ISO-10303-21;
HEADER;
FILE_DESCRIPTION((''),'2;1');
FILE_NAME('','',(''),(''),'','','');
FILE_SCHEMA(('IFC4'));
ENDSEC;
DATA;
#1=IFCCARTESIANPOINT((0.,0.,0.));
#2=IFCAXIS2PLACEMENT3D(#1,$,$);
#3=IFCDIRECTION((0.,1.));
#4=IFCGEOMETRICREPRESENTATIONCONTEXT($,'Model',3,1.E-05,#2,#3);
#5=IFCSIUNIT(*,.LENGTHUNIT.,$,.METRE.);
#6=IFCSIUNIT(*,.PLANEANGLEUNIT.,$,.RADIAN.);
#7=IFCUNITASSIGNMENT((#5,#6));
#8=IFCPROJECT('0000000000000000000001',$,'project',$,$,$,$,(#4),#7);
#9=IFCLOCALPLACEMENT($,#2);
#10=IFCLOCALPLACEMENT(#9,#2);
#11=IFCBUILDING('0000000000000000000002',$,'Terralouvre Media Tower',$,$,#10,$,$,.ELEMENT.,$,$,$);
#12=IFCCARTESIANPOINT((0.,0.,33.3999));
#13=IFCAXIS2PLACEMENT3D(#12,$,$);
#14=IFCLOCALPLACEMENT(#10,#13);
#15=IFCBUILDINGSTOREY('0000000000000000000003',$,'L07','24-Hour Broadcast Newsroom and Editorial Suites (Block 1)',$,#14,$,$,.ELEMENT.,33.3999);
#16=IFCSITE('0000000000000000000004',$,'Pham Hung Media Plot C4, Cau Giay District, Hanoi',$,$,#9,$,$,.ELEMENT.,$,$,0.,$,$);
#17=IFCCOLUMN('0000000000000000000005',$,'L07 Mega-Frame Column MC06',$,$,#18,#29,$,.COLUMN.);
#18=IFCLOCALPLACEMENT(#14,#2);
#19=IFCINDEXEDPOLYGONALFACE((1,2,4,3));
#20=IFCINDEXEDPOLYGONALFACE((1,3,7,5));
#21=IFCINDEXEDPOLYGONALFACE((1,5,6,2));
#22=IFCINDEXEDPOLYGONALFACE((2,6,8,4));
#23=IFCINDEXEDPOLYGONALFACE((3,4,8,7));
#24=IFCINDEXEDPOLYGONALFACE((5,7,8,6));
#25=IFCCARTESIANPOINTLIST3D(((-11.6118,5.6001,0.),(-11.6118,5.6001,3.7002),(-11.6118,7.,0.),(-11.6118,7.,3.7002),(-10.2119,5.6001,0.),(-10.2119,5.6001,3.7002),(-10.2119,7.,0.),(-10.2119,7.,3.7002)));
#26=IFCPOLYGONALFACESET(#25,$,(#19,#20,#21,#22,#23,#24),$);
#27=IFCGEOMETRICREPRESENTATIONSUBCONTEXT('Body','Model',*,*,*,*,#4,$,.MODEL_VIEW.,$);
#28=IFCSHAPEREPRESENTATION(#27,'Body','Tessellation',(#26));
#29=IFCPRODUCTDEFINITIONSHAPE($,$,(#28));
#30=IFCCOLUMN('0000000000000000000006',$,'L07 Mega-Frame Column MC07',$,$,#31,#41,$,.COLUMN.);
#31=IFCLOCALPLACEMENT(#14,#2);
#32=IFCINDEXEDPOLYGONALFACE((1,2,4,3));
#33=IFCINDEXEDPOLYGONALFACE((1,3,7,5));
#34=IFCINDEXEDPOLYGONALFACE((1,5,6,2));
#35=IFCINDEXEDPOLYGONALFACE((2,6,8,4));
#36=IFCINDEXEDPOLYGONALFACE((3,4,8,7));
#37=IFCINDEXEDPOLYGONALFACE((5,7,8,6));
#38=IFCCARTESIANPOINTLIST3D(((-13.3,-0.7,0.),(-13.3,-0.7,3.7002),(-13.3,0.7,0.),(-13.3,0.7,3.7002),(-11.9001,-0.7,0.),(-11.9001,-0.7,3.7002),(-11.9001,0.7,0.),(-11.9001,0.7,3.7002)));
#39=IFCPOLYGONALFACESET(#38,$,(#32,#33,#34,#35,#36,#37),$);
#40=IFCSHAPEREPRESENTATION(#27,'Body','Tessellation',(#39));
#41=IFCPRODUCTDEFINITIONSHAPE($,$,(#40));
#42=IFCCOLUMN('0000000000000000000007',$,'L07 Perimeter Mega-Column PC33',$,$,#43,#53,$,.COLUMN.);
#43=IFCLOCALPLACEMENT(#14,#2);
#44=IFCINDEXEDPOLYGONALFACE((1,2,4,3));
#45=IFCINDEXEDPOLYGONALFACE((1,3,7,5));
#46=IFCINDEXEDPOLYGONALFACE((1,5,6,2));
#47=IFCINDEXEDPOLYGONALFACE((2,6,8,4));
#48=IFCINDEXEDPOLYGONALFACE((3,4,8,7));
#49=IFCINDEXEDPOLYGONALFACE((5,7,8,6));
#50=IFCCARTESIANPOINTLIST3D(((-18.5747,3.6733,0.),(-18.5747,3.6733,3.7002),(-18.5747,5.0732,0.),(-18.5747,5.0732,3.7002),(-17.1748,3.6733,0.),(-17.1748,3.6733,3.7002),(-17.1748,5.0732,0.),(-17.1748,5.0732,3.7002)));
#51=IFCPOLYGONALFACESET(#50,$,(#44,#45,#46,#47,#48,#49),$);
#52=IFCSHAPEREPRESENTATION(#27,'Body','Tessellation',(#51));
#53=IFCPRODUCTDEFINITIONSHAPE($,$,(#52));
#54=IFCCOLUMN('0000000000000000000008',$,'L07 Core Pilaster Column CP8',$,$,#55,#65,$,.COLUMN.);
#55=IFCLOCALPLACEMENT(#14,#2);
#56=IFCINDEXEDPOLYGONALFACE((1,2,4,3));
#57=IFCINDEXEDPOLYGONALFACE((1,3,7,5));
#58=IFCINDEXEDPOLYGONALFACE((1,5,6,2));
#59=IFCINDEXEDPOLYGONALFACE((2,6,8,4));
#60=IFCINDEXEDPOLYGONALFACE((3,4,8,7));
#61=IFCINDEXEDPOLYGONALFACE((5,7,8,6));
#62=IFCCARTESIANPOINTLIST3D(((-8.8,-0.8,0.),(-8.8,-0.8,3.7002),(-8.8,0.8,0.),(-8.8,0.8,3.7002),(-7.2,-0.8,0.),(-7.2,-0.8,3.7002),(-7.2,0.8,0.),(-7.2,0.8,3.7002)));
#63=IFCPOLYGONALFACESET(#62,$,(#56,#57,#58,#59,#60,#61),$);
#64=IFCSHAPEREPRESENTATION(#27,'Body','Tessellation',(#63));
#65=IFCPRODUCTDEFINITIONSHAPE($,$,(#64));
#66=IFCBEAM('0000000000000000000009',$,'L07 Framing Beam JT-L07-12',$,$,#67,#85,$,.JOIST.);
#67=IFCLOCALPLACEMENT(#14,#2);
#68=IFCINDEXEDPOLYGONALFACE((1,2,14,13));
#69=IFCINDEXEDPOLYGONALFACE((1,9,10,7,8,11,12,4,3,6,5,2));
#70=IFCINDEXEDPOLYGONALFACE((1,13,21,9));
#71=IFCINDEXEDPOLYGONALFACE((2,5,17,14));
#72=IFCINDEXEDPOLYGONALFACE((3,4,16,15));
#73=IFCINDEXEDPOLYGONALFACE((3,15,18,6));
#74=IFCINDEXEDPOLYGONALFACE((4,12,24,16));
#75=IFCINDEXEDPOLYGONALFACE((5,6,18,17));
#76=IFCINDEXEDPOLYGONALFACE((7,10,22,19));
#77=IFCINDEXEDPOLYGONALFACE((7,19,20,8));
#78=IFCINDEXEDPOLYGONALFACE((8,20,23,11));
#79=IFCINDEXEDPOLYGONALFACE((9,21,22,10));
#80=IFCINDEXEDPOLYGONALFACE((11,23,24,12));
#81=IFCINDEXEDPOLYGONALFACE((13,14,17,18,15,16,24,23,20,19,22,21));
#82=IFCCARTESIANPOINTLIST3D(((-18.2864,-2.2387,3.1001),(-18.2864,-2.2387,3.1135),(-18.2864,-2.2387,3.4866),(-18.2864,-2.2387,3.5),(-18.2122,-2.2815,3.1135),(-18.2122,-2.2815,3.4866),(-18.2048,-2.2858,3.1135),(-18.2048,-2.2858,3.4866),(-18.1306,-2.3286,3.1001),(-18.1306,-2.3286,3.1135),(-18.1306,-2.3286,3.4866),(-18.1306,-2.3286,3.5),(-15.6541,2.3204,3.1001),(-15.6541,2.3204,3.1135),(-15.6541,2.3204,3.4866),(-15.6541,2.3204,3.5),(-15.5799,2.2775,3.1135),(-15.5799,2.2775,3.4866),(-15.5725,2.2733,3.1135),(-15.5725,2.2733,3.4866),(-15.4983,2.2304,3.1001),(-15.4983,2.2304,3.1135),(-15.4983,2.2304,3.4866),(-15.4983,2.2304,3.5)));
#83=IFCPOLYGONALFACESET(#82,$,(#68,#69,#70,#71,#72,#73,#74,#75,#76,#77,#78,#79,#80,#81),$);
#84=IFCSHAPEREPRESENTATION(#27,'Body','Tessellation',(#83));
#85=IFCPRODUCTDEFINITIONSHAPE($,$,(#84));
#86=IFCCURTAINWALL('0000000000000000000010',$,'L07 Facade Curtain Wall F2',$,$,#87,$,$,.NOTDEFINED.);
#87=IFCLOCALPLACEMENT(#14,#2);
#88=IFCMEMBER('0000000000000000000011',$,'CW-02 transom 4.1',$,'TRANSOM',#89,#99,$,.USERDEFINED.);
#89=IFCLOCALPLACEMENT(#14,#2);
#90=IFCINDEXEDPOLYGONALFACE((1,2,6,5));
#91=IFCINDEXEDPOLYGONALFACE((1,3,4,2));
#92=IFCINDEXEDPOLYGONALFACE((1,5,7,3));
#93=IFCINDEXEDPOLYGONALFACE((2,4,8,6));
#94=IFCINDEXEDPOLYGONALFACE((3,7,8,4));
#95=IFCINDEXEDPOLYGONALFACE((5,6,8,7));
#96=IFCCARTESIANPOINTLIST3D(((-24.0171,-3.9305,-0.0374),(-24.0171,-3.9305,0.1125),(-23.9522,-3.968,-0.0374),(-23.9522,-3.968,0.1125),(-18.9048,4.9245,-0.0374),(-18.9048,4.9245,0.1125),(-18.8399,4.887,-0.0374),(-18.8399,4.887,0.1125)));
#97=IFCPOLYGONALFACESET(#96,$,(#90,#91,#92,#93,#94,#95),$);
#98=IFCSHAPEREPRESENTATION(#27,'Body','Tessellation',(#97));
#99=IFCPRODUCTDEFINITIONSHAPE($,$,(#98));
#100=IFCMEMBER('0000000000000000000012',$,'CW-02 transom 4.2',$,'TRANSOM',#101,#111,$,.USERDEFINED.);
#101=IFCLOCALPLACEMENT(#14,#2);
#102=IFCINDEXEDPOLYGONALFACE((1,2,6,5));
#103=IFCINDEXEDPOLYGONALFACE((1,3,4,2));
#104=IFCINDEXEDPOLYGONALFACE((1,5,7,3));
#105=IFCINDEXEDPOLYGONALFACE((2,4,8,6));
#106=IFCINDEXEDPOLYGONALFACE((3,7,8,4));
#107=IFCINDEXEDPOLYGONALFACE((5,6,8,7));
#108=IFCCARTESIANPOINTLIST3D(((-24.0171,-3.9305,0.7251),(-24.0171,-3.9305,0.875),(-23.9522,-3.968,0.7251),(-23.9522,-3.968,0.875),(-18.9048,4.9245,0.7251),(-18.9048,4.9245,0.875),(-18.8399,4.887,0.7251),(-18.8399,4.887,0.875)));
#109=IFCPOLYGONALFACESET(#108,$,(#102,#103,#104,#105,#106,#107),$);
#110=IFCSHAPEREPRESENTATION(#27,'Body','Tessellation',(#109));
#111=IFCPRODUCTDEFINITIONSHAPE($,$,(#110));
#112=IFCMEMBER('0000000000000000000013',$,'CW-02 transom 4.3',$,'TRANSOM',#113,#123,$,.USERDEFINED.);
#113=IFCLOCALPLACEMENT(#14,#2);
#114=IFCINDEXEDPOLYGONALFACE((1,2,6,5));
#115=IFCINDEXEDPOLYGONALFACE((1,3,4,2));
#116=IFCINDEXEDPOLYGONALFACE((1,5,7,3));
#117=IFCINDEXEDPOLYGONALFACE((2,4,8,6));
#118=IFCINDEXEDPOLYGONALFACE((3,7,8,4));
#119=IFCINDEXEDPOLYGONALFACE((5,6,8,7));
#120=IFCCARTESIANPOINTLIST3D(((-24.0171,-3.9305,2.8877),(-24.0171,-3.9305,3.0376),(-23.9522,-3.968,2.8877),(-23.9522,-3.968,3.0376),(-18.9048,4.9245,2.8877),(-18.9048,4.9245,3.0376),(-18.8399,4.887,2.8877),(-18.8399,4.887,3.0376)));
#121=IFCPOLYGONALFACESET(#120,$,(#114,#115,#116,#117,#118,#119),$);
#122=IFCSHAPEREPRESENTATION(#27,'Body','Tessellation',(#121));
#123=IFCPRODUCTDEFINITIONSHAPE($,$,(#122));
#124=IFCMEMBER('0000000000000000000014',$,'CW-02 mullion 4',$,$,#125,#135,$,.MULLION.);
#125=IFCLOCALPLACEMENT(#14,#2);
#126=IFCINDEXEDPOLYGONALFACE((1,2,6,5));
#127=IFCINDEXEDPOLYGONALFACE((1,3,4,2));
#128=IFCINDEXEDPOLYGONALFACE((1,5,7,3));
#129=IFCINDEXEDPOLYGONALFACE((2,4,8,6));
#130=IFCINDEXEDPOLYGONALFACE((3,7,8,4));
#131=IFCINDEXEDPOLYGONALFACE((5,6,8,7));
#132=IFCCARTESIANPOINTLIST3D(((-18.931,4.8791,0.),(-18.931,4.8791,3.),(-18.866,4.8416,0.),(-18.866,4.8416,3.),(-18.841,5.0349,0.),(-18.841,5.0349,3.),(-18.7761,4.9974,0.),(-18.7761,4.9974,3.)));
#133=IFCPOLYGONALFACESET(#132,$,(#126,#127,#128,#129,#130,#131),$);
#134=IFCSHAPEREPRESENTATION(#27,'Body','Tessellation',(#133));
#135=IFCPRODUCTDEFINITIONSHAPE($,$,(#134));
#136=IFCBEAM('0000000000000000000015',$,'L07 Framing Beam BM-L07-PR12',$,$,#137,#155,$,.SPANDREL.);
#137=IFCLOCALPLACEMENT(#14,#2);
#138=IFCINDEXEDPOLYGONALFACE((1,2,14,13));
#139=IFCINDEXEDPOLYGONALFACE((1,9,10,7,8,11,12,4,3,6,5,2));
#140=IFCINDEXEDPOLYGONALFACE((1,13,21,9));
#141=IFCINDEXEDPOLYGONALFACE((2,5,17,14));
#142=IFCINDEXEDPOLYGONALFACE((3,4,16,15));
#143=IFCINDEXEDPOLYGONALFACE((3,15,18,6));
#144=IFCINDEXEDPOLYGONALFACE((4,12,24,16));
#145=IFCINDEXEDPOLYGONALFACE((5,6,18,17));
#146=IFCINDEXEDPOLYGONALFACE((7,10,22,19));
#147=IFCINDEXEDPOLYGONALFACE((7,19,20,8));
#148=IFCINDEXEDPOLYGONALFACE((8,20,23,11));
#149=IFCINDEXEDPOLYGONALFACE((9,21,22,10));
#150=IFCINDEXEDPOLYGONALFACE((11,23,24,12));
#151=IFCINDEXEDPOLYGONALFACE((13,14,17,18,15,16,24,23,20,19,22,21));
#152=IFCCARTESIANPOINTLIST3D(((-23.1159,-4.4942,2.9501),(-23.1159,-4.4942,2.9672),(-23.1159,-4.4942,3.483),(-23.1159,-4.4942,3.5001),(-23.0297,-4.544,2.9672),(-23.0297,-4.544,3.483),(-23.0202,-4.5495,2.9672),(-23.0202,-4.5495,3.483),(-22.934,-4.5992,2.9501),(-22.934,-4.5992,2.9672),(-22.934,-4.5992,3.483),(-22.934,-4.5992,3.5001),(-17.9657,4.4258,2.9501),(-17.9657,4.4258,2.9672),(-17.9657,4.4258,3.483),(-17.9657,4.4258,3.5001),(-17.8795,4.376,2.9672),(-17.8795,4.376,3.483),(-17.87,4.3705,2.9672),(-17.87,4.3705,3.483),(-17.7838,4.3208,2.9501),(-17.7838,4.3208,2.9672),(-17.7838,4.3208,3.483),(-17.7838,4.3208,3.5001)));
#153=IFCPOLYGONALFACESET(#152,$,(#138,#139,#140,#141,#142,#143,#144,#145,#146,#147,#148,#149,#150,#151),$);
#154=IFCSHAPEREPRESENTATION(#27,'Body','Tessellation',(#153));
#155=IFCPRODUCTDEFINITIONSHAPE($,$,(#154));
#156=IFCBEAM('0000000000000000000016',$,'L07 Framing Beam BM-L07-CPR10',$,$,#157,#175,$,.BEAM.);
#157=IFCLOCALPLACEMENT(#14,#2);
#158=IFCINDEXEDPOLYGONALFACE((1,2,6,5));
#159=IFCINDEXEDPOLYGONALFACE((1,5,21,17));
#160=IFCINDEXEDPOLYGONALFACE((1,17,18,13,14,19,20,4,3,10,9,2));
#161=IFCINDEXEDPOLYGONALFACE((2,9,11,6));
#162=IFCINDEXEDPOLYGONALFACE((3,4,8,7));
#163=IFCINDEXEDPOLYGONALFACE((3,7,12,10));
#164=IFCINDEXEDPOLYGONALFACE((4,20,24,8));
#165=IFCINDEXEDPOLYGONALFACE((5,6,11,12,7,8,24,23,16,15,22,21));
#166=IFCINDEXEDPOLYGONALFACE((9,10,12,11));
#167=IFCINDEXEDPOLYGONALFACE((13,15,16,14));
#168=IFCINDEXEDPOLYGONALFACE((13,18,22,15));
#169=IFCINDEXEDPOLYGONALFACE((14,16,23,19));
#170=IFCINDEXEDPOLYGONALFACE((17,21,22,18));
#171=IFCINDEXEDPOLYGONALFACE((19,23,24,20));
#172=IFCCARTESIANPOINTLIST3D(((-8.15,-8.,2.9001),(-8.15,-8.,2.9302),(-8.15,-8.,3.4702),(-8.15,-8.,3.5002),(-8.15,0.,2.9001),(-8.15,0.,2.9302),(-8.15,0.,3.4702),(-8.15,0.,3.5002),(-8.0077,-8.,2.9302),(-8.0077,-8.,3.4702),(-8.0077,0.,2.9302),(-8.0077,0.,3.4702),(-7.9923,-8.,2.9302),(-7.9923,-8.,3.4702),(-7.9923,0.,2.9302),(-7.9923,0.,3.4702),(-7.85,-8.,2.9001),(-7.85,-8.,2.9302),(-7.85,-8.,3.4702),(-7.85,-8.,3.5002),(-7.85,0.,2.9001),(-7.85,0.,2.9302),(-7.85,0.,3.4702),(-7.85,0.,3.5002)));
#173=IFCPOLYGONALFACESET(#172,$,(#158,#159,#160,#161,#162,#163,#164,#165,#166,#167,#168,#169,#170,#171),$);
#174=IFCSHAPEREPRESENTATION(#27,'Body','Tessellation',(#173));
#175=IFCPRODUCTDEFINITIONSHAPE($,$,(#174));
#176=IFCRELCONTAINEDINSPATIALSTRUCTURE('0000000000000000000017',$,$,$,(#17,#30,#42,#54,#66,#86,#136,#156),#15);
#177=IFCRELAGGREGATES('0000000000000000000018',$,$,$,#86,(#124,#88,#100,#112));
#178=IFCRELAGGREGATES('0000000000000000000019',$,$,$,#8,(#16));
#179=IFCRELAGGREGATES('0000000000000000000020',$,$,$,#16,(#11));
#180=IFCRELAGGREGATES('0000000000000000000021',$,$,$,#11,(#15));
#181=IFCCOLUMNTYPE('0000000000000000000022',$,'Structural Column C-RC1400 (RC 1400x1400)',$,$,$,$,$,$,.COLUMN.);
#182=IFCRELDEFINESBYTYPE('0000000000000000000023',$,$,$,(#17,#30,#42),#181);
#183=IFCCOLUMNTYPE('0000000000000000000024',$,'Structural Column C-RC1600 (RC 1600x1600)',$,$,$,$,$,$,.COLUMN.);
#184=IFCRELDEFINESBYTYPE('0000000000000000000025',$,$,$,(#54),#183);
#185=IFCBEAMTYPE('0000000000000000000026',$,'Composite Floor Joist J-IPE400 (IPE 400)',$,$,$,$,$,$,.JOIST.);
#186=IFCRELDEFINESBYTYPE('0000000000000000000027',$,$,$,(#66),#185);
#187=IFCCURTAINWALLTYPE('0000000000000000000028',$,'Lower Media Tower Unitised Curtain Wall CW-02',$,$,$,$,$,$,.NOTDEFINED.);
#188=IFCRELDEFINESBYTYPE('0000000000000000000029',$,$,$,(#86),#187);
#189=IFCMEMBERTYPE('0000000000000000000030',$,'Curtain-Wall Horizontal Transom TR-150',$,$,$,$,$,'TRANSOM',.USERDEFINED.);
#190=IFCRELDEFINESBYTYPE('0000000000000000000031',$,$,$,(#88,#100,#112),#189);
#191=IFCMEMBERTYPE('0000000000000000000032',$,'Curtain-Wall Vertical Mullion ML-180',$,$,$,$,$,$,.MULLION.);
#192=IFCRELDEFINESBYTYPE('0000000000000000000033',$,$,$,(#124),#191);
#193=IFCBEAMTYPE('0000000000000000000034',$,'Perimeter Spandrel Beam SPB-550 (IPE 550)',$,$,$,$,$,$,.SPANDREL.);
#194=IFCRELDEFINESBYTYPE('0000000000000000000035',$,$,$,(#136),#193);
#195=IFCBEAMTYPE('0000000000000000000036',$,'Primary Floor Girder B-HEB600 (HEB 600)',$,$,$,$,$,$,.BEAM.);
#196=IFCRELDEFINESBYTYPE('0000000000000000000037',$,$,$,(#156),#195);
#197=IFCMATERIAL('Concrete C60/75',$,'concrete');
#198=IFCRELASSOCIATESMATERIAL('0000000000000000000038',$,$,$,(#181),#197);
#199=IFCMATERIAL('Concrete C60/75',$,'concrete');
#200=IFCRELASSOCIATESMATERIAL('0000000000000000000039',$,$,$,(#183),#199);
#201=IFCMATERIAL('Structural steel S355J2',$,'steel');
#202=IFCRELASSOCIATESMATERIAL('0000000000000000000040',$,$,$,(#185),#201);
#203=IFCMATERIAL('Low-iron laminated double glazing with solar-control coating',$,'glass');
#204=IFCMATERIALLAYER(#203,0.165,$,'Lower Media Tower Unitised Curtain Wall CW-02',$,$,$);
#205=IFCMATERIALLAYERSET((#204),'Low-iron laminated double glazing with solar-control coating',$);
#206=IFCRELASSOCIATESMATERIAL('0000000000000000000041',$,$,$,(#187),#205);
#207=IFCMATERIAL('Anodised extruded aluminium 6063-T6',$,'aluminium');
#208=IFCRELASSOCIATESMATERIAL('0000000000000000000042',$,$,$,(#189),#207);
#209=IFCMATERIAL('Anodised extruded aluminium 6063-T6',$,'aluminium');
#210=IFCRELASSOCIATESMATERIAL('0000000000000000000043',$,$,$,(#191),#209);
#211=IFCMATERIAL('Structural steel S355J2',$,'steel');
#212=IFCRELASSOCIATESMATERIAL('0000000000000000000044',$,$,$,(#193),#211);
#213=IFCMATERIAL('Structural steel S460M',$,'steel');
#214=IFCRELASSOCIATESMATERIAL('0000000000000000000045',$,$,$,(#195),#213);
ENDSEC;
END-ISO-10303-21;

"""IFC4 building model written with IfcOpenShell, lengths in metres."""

from ifc_helpers import new_model, si_unit, direction, frame, origin, origin_2d, place, context, subcontext, project, spatial, rectangle, i_section, extrude, material, layer, layer_set, material_profile, profile_set, type_object, element, aggregate, save


model = new_model("IFC4")

# Units and contexts
model_context = context("Model", 3, precision=1e-05, world=origin(), true_north=direction((0.0, 1.0)))
body_context = subcontext(model_context, "Body", "Model", "MODEL_VIEW")
ifc_project = project(units=[si_unit("LENGTHUNIT", "METRE"), si_unit("PLANEANGLEUNIT", "RADIAN")], contexts=[model_context])

# Site, building, storey
site_placement = place(None, origin())
site = spatial("IfcSite", under=ifc_project, at=site_placement, Name="Pham Hung Media Plot C4, Cau Giay District, Hanoi", CompositionType="ELEMENT", RefElevation=0.0)
building_placement = place(site_placement, origin())
building = spatial("IfcBuilding", under=site, at=building_placement, Name="Terralouvre Media Tower", CompositionType="ELEMENT")
storey_placement = place(building_placement, frame((0.0, 0.0, 33.3999)))
storey = spatial("IfcBuildingStorey", under=building, at=storey_placement, Name="L07", Description="24-Hour Broadcast Newsroom and Editorial Suites (Block 1)", CompositionType="ELEMENT", Elevation=33.3999)

# Columns
ifc_material_1 = material(Name="Concrete C60/75", Category="concrete")
ifc_material_profile_1 = material_profile(ifc_material_1, rectangle(XDim=1.3999, YDim=1.3999, at=origin_2d()), Name="RC 1400x1400")
ifc_profile_set_1 = profile_set([ifc_material_profile_1], Name="Concrete C60/75")
column_type_1 = type_object("IfcColumnType", Name="Structural Column C-RC1400 (RC 1400x1400)", PredefinedType="COLUMN", material=ifc_profile_set_1)
for number, where, z_axis, x_axis, name in (
    (1, (-10.9119, 6.3, 0.0), (0.0, 0.0, 1.0), (1.0, 0.0, 0.0), "L07 Mega-Frame Column MC06"),
    (2, (-12.6001, 0.0, 0.0), (0.0, 0.0, 1.0), (1.0, 0.0, 0.0), "L07 Mega-Frame Column MC07"),
    (3, (-17.8748, 4.3733, 0.0), (0.0, 0.0, 1.0), (1.0, 0.0, 0.0), "L07 Perimeter Mega-Column PC33"),
):
    element("IfcColumn", number, at=place(storey_placement, frame(where, z_axis=z_axis, x_axis=x_axis)), inside=storey, type_object=column_type_1, Name=name, PredefinedType="COLUMN", context=body_context, shape_type="SweptSolid", body=[
        extrude(rectangle(XDim=1.3999, YDim=1.3999, at=origin_2d()), origin(), (0.0, 0.0, 1.0), 3.7002),
    ])
ifc_material_2 = material(Name="Concrete C60/75", Category="concrete")
ifc_material_profile_2 = material_profile(ifc_material_2, rectangle(XDim=1.6001, YDim=1.6001, at=origin_2d()), Name="RC 1600x1600")
ifc_profile_set_2 = profile_set([ifc_material_profile_2], Name="Concrete C60/75")
column_type_2 = type_object("IfcColumnType", Name="Structural Column C-RC1600 (RC 1600x1600)", PredefinedType="COLUMN", material=ifc_profile_set_2)
column_placement = place(storey_placement, frame((-8.0, 0.0, 0.0), z_axis=(0.0, 0.0, 1.0), x_axis=(1.0, 0.0, 0.0)))
element("IfcColumn", 4, at=column_placement, inside=storey, type_object=column_type_2, Name="L07 Core Pilaster Column CP8", PredefinedType="COLUMN", context=body_context, shape_type="SweptSolid", body=[
    extrude(rectangle(XDim=1.6001, YDim=1.6001, at=origin_2d()), origin(), (0.0, 0.0, 1.0), 3.7002),
])

# Beam
ifc_material_3 = material(Name="Structural steel S355J2", Category="steel")
ifc_material_profile_3 = material_profile(ifc_material_3, i_section(OverallWidth=0.1799, OverallDepth=0.3999, WebThickness=0.0085, FlangeThickness=0.0134, at=origin_2d()), Name="IPE 400")
ifc_profile_set_3 = profile_set([ifc_material_profile_3], Name="Structural steel S355J2")
beam_type_1 = type_object("IfcBeamType", Name="Composite Floor Joist J-IPE400 (IPE 400)", PredefinedType="JOIST", material=ifc_profile_set_3)
beam_1_placement = place(storey_placement, frame((-15.5762, 2.2754, 3.3), z_axis=(-0.50002, -0.866014, 0.0), x_axis=(0.866014, -0.50002, 0.0)))
element("IfcBeam", 5, at=beam_1_placement, inside=storey, type_object=beam_type_1, Name="L07 Framing Beam JT-L07-12", PredefinedType="JOIST", context=body_context, shape_type="SweptSolid", body=[
    extrude(i_section(OverallWidth=0.1799, OverallDepth=0.3999, WebThickness=0.0085, FlangeThickness=0.0134, at=origin_2d()), origin(), (0.0, 0.0, 1.0), 5.2644),
])

# Curtain wall, members
ifc_material_4 = material(Name="Low-iron laminated double glazing with solar-control coating", Category="glass")
ifc_layer_1 = layer(ifc_material_4, 0.165, Name="Lower Media Tower Unitised Curtain Wall CW-02")
ifc_layer_set_1 = layer_set([ifc_layer_1], Name="Low-iron laminated double glazing with solar-control coating")
curtain_wall_type = type_object("IfcCurtainWallType", Name="Lower Media Tower Unitised Curtain Wall CW-02", PredefinedType="NOTDEFINED", material=ifc_layer_set_1)
curtain_wall_placement = place(storey_placement, origin())
curtain_wall = element("IfcCurtainWall", 6, at=curtain_wall_placement, inside=storey, type_object=curtain_wall_type, Name="L07 Facade Curtain Wall F2", PredefinedType="NOTDEFINED")
ifc_material_5 = material(Name="Anodised extruded aluminium 6063-T6", Category="aluminium")
ifc_material_profile_4 = material_profile(ifc_material_5, rectangle(XDim=0.075, YDim=0.1499, at=origin_2d()), Name="ALU 75x150")
ifc_profile_set_4 = profile_set([ifc_material_profile_4], Name="Anodised extruded aluminium 6063-T6")
member_type_1 = type_object("IfcMemberType", Name="Curtain-Wall Horizontal Transom TR-150", ElementType="TRANSOM", PredefinedType="USERDEFINED", material=ifc_profile_set_4)
member_1_placement = place(storey_placement, frame((-18.8723, 4.9058, 0.0376), z_axis=(-0.499991, -0.866031, 0.0), x_axis=(0.866031, -0.499991, 0.0)))
member_1 = element("IfcMember", 7, at=member_1_placement, type_object=member_type_1, Name="CW-02 transom 4.1", ObjectType="TRANSOM", PredefinedType="USERDEFINED", context=body_context, shape_type="SweptSolid", body=[
    extrude(rectangle(XDim=0.075, YDim=0.1499, at=origin_2d()), origin(), (0.0, 0.0, 1.0), 10.2249),
])
member_2_placement = place(storey_placement, frame((-18.8723, 4.9058, 0.8), z_axis=(-0.499991, -0.866031, 0.0), x_axis=(0.866031, -0.499991, 0.0)))
member_2 = element("IfcMember", 8, at=member_2_placement, type_object=member_type_1, Name="CW-02 transom 4.2", ObjectType="TRANSOM", PredefinedType="USERDEFINED", context=body_context, shape_type="SweptSolid", body=[
    extrude(rectangle(XDim=0.075, YDim=0.1499, at=origin_2d()), origin(), (0.0, 0.0, 1.0), 10.2249),
])
member_3_placement = place(storey_placement, frame((-18.8723, 4.9058, 2.9626), z_axis=(-0.499991, -0.866031, 0.0), x_axis=(0.866031, -0.499991, 0.0)))
member_3 = element("IfcMember", 9, at=member_3_placement, type_object=member_type_1, Name="CW-02 transom 4.3", ObjectType="TRANSOM", PredefinedType="USERDEFINED", context=body_context, shape_type="SweptSolid", body=[
    extrude(rectangle(XDim=0.075, YDim=0.1499, at=origin_2d()), origin(), (0.0, 0.0, 1.0), 10.2249),
])
ifc_material_6 = material(Name="Anodised extruded aluminium 6063-T6", Category="aluminium")
ifc_material_profile_5 = material_profile(ifc_material_6, rectangle(XDim=0.075, YDim=0.1799, at=origin_2d()), Name="ALU 75x180")
ifc_profile_set_5 = profile_set([ifc_material_profile_5], Name="Anodised extruded aluminium 6063-T6")
member_type_2 = type_object("IfcMemberType", Name="Curtain-Wall Vertical Mullion ML-180", PredefinedType="MULLION", material=ifc_profile_set_5)
member_4_placement = place(storey_placement, frame((-18.8535, 4.9382, 0.0), z_axis=(0.0, 0.0, 1.0), x_axis=(0.866025, -0.5, 0.0)))
member_4 = element("IfcMember", 10, at=member_4_placement, type_object=member_type_2, Name="CW-02 mullion 4", PredefinedType="MULLION", context=body_context, shape_type="SweptSolid", body=[
    extrude(rectangle(XDim=0.075, YDim=0.1799, at=origin_2d()), origin(), (0.0, 0.0, 1.0), 3.0),
])

# Beams
ifc_material_7 = material(Name="Structural steel S355J2", Category="steel")
ifc_material_profile_6 = material_profile(ifc_material_7, i_section(OverallWidth=0.21, OverallDepth=0.55, WebThickness=0.011, FlangeThickness=0.0171, at=origin_2d()), Name="IPE 550")
ifc_profile_set_6 = profile_set([ifc_material_profile_6], Name="Structural steel S355J2")
beam_type_2 = type_object("IfcBeamType", Name="Perimeter Spandrel Beam SPB-550 (IPE 550)", PredefinedType="SPANDREL", material=ifc_profile_set_6)
beam_2_placement = place(storey_placement, frame((-17.8748, 4.3733, 3.2251), z_axis=(-0.500017, -0.866016, 0.0), x_axis=(0.866016, -0.500017, 0.0)))
element("IfcBeam", 11, at=beam_2_placement, inside=storey, type_object=beam_type_2, Name="L07 Framing Beam BM-L07-PR12", PredefinedType="SPANDREL", context=body_context, shape_type="SweptSolid", body=[
    extrude(i_section(OverallWidth=0.21, OverallDepth=0.55, WebThickness=0.011, FlangeThickness=0.0171, at=origin_2d()), origin(), (0.0, 0.0, 1.0), 10.3),
])
ifc_material_8 = material(Name="Structural steel S460M", Category="steel")
ifc_material_profile_7 = material_profile(ifc_material_8, i_section(OverallWidth=0.3, OverallDepth=0.6001, WebThickness=0.0154, FlangeThickness=0.03, at=origin_2d()), Name="HEB 600")
ifc_profile_set_7 = profile_set([ifc_material_profile_7], Name="Structural steel S460M")
beam_type_3 = type_object("IfcBeamType", Name="Primary Floor Girder B-HEB600 (HEB 600)", PredefinedType="BEAM", material=ifc_profile_set_7)
beam_3_placement = place(storey_placement, frame((-8.0, 0.0, 3.2002), z_axis=(0.0, -1.0, 0.0), x_axis=(1.0, 0.0, 0.0)))
element("IfcBeam", 12, at=beam_3_placement, inside=storey, type_object=beam_type_3, Name="L07 Framing Beam BM-L07-CPR10", PredefinedType="BEAM", context=body_context, shape_type="SweptSolid", body=[
    extrude(i_section(OverallWidth=0.3, OverallDepth=0.6001, WebThickness=0.0154, FlangeThickness=0.03, at=origin_2d()), origin(), (0.0, 0.0, 1.0), 8.0),
])

aggregate(curtain_wall, [member_4, member_1, member_2, member_3])

save(model, "model.ifc")
